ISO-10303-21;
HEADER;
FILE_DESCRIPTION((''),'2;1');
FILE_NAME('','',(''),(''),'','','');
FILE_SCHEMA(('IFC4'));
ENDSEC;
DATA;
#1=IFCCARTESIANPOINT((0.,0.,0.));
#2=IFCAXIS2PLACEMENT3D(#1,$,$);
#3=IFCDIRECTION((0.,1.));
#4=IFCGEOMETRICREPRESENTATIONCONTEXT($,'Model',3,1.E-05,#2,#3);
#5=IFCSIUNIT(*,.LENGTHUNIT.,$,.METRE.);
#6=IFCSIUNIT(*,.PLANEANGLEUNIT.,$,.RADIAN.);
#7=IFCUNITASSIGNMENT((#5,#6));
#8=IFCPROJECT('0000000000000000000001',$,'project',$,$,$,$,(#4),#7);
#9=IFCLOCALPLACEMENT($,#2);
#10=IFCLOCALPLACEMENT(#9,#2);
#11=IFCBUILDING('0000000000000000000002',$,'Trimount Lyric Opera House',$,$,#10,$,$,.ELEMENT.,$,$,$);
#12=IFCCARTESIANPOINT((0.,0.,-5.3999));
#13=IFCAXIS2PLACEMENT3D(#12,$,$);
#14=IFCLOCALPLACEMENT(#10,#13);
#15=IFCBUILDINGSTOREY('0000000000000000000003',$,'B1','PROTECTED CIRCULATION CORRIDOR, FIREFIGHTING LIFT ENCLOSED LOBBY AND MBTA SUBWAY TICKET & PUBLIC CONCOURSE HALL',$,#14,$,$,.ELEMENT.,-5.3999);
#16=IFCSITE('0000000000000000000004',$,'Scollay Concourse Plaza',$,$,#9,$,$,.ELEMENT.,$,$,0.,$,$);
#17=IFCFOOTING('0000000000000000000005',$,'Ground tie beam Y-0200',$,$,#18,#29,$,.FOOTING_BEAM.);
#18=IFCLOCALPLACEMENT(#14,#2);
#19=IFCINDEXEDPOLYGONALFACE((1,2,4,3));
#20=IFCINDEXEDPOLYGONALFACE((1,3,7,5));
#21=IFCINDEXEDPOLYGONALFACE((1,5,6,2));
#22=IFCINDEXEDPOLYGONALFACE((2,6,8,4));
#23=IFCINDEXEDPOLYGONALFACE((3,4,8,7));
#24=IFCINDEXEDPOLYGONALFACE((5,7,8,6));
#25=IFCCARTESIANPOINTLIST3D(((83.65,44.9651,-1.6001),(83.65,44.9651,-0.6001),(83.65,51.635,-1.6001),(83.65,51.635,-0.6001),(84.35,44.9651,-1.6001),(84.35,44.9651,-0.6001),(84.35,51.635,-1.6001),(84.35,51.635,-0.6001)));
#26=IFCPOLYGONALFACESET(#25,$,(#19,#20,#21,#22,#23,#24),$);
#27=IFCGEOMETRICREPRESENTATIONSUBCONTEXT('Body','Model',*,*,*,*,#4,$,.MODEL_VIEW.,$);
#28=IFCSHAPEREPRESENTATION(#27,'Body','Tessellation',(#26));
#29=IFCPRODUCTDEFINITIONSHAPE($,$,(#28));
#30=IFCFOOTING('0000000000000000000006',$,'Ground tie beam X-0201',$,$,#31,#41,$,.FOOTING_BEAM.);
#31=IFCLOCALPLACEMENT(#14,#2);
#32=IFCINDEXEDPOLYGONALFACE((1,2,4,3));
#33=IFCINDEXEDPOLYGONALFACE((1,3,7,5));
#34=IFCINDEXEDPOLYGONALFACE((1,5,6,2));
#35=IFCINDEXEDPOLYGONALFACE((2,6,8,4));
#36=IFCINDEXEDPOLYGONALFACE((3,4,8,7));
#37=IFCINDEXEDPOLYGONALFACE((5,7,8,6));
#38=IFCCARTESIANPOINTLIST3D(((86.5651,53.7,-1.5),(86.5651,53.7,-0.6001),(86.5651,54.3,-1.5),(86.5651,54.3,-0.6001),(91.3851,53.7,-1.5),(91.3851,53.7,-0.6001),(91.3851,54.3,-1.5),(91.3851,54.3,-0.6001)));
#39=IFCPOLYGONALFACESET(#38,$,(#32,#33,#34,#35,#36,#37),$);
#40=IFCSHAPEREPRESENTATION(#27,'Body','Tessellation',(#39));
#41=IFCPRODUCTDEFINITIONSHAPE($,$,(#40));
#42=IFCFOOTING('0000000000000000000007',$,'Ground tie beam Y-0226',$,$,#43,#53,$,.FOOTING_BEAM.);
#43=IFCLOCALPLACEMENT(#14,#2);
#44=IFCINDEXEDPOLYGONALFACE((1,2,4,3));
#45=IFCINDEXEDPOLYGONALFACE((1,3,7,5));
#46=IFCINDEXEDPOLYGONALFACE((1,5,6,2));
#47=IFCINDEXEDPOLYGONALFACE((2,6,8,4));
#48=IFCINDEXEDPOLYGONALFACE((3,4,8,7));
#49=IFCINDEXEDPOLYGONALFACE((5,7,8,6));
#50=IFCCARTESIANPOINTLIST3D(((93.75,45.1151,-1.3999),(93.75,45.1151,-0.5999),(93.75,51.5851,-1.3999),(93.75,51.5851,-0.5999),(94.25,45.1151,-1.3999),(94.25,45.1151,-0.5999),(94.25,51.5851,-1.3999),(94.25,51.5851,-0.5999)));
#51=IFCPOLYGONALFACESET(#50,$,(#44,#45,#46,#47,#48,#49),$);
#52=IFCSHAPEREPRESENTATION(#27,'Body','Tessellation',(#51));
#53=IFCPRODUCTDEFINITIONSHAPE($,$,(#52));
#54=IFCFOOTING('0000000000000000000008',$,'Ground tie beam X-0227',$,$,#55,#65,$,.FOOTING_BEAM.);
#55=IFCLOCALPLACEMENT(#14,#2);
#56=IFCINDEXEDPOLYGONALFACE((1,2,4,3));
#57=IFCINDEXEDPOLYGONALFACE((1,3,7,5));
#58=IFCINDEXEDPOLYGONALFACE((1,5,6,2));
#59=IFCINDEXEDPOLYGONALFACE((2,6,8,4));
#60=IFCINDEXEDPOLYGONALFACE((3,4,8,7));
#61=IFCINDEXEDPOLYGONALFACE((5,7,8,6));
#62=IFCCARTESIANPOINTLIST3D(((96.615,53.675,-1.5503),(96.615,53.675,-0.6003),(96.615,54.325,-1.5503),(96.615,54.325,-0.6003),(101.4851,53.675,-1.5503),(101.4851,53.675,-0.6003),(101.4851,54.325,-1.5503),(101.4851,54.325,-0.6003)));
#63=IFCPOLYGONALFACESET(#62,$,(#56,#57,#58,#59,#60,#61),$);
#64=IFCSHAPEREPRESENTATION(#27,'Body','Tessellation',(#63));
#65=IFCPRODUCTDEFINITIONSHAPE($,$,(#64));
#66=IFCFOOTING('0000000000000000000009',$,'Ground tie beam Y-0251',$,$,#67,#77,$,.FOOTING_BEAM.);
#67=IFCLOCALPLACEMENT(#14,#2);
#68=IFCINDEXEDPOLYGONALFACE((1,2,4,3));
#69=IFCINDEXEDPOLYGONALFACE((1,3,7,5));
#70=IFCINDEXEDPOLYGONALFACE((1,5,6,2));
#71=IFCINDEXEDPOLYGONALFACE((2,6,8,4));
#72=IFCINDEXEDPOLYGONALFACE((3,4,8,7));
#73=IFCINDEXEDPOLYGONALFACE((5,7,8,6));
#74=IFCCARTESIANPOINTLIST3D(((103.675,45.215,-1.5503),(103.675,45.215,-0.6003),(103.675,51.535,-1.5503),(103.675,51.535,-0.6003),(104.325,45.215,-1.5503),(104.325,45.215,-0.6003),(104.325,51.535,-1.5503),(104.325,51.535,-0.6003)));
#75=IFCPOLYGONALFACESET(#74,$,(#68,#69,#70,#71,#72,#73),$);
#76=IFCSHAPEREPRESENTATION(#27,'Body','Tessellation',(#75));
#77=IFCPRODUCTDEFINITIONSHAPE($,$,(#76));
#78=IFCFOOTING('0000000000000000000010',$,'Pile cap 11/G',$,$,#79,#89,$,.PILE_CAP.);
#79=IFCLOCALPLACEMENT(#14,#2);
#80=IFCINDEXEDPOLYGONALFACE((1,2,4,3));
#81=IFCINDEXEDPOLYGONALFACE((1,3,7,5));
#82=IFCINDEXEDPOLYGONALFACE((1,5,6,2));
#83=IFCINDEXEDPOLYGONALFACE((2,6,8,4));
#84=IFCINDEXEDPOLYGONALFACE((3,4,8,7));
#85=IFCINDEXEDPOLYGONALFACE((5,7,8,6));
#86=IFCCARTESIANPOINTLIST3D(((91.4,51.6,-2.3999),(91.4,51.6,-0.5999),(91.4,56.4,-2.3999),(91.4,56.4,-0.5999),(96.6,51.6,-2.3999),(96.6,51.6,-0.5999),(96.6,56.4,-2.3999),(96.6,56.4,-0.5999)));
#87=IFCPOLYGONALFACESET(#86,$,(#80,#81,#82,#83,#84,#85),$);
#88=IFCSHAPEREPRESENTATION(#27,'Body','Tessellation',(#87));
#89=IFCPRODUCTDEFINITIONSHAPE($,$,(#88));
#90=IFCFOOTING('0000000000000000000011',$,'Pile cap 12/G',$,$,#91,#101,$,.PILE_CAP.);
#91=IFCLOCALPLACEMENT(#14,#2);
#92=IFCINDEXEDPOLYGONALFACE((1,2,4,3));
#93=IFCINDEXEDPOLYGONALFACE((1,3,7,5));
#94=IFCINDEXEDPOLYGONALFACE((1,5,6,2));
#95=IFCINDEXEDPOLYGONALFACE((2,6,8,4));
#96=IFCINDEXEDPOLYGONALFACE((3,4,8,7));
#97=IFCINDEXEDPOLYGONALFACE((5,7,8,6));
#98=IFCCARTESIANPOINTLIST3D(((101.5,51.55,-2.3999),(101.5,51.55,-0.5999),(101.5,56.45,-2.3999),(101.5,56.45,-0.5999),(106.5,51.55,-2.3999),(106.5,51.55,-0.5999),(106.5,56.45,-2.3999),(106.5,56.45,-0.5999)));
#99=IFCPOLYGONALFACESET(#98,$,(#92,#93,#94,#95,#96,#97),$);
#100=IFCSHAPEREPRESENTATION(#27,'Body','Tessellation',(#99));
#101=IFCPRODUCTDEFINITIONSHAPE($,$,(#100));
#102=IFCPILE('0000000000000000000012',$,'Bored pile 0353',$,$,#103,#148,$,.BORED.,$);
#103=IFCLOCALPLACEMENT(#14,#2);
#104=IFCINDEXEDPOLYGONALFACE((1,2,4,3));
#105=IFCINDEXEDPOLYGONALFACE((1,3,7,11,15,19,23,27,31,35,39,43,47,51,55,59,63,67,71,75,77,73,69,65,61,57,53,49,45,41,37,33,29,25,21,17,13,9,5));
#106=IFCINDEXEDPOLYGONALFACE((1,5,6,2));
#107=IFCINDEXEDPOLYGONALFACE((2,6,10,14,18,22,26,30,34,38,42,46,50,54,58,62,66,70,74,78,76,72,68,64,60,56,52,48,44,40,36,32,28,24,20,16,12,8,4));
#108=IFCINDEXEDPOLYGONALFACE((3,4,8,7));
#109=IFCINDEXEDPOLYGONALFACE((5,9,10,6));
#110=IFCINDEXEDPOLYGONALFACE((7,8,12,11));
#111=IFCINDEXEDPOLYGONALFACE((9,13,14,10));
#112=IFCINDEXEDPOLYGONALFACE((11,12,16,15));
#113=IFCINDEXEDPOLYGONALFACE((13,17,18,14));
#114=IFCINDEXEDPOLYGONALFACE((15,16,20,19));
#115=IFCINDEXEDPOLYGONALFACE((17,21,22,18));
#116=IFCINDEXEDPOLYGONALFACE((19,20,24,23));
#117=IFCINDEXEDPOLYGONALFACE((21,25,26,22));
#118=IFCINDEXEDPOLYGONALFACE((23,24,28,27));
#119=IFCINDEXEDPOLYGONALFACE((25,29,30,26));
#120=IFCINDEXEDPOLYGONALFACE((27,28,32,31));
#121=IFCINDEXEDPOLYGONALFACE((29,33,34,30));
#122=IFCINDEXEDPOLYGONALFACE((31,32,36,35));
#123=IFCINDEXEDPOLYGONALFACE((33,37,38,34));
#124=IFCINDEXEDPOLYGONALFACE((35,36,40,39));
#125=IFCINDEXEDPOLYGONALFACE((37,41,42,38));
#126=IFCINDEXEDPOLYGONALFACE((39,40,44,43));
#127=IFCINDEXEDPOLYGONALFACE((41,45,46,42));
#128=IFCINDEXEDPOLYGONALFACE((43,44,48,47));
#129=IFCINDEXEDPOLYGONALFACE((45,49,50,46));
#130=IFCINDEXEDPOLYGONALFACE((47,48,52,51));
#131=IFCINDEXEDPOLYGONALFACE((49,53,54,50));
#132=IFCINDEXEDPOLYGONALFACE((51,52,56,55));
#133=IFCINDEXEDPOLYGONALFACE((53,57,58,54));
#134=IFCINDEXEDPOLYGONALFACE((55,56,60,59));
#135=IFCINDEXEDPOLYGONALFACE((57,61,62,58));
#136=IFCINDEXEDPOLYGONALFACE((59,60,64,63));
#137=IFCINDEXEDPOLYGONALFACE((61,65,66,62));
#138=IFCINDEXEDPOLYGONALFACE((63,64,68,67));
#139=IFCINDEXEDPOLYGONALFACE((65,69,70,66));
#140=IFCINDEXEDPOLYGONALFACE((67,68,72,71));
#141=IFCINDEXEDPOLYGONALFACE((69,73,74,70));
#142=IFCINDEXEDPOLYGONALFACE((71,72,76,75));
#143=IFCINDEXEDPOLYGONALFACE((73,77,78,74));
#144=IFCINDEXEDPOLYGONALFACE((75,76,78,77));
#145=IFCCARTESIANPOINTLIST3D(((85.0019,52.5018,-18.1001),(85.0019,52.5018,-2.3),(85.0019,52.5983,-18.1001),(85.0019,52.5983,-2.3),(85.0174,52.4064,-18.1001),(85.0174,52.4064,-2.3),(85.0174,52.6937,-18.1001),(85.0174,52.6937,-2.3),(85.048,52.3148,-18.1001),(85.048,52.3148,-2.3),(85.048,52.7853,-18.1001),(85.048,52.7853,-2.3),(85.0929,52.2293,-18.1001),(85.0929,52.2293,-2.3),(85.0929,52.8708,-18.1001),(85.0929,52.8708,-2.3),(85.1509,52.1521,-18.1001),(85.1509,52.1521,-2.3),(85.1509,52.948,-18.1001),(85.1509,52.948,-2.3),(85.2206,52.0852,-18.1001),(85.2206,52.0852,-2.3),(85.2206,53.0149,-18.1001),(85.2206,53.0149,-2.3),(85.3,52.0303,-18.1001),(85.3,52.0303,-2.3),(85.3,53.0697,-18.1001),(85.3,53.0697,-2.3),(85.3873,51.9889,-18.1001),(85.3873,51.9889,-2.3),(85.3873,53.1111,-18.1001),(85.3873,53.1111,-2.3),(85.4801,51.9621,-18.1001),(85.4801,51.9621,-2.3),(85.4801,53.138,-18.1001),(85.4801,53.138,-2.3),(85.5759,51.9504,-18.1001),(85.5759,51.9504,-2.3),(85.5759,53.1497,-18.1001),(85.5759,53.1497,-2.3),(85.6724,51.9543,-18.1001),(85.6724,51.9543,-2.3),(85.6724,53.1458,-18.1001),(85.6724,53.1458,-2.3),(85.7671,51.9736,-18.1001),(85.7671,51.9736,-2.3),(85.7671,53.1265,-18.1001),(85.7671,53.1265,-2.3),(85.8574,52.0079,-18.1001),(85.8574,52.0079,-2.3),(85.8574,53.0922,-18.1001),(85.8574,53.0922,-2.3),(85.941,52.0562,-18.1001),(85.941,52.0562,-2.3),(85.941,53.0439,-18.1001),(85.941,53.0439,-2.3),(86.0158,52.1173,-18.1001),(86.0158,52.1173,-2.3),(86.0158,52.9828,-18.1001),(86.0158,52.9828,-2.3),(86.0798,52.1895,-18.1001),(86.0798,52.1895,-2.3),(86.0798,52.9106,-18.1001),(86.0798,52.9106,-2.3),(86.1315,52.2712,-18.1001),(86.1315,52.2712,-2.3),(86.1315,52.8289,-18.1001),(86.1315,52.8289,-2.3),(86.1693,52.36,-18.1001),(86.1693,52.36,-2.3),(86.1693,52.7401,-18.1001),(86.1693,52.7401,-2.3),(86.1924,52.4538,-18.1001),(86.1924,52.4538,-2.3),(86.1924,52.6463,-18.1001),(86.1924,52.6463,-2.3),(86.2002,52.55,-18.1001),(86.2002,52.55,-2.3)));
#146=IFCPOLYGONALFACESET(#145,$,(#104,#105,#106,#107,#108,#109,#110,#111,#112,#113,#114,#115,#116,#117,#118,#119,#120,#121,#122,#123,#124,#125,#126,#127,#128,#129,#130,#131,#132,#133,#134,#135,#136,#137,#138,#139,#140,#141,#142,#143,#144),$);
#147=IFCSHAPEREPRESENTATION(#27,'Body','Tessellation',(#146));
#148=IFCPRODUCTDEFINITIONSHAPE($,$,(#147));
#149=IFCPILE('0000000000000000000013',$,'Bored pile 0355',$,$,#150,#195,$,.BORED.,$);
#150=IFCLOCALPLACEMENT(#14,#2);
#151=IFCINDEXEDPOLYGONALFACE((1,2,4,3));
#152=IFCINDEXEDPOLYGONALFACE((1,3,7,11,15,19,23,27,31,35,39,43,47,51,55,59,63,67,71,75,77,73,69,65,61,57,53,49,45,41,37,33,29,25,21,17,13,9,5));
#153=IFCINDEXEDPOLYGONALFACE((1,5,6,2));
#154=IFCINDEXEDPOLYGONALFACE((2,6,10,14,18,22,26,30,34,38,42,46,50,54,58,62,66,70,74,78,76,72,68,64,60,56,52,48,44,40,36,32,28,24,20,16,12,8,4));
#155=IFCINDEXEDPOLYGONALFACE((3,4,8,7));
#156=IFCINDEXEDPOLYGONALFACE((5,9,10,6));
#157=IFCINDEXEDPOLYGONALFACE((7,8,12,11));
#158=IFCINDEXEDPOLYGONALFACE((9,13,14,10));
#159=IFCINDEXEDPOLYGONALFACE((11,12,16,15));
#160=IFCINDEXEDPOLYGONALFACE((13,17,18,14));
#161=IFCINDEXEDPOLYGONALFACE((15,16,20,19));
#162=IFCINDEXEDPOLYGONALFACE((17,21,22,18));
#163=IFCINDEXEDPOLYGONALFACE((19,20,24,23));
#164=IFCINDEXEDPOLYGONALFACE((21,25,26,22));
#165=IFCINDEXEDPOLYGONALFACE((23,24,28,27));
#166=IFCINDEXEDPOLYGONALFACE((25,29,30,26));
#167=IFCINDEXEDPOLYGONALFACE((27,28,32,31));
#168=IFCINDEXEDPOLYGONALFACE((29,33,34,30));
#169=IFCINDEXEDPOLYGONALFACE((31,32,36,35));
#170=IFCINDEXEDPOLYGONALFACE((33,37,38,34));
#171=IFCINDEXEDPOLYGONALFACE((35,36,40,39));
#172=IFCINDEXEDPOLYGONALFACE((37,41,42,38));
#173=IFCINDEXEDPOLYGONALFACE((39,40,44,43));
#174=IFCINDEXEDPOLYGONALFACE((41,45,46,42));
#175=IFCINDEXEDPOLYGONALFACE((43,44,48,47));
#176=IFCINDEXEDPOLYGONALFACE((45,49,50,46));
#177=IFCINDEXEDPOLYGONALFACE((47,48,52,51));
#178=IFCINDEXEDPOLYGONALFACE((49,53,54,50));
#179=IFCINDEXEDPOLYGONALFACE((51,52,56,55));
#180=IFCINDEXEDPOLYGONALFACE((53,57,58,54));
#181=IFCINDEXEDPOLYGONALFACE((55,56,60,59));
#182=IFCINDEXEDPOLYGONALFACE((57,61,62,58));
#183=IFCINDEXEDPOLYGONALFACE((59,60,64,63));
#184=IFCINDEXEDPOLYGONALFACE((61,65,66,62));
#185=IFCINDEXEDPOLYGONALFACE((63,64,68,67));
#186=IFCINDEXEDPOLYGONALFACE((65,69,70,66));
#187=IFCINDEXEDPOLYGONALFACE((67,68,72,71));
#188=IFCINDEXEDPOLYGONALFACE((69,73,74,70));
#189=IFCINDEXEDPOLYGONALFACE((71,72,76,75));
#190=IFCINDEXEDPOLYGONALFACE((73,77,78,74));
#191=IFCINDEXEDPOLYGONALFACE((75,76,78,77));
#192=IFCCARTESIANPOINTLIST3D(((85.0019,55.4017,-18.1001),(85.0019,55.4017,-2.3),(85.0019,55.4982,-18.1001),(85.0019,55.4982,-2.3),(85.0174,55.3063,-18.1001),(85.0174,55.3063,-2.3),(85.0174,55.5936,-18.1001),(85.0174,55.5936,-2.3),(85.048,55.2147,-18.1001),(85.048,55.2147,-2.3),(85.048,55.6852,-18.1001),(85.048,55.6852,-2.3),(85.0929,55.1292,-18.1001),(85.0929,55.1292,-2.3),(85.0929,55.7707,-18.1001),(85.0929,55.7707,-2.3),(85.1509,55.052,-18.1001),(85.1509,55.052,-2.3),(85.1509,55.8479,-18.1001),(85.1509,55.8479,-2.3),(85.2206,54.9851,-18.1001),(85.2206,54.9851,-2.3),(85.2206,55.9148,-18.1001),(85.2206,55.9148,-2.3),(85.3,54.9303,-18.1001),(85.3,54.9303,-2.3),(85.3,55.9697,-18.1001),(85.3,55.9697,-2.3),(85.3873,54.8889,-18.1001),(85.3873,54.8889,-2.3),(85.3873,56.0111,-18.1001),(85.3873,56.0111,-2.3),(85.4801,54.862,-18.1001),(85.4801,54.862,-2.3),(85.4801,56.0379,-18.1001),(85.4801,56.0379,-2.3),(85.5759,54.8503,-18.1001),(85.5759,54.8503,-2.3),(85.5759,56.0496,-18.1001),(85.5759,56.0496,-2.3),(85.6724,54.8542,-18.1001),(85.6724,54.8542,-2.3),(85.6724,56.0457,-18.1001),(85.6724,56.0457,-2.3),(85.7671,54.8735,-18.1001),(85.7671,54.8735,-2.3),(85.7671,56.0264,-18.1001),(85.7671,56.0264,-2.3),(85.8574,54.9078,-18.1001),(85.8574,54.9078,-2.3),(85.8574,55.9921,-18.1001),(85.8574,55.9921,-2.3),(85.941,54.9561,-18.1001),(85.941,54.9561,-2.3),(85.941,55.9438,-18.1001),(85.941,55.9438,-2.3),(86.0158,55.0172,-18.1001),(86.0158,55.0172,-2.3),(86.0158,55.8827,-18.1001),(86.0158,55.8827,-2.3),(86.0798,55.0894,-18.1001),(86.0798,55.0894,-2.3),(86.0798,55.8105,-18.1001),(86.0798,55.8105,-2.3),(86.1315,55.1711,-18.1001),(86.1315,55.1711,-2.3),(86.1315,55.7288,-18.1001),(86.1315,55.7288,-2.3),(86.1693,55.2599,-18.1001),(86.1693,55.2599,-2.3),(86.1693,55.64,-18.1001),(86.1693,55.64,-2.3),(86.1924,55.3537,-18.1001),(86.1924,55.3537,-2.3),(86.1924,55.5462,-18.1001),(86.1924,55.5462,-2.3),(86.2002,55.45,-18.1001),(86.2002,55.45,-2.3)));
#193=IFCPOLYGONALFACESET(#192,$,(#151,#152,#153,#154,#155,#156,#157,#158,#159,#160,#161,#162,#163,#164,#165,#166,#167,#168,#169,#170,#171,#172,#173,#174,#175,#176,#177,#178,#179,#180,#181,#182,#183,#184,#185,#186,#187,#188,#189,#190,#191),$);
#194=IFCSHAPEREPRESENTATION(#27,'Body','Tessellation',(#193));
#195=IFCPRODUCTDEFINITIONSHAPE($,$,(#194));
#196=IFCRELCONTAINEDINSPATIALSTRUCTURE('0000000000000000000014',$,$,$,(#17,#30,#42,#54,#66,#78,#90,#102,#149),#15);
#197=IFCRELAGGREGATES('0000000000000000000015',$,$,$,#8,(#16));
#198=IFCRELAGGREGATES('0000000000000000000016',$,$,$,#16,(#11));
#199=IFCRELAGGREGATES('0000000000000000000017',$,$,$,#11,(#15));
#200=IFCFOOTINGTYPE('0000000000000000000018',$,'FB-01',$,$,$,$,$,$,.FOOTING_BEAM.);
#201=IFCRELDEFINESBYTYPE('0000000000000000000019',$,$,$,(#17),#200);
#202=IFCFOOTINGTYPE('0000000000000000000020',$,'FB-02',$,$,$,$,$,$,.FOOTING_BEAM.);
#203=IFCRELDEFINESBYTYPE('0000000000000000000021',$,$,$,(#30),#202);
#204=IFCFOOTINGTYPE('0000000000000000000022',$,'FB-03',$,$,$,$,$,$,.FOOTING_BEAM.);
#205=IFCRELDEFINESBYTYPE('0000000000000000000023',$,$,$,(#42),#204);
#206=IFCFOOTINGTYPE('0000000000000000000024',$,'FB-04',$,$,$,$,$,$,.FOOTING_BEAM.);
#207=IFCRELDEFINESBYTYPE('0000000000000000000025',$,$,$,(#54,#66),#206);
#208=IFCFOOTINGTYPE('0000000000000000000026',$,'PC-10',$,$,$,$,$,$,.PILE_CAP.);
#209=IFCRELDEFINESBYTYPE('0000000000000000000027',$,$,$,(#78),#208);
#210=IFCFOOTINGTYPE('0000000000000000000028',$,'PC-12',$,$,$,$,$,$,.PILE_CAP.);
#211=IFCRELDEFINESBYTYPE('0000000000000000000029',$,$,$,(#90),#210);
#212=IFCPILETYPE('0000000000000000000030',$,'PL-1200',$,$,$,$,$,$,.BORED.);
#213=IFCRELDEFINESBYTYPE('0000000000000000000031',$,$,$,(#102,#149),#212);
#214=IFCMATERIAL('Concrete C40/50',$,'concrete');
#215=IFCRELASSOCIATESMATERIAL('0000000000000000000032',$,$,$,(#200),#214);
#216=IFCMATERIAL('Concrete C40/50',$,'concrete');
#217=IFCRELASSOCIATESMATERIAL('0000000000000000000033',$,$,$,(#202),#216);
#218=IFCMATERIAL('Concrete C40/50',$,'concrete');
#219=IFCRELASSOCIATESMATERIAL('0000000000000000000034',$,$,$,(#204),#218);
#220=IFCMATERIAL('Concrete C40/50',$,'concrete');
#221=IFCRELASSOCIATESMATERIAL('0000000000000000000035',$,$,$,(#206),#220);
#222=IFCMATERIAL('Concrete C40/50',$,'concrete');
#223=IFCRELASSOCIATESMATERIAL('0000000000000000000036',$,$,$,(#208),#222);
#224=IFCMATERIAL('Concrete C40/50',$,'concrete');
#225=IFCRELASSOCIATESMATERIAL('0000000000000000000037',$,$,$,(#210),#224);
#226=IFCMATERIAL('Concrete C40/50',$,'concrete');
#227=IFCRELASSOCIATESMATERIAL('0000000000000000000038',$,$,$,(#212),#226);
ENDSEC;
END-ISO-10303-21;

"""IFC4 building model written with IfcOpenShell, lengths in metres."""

from ifc_helpers import new_model, si_unit, direction, frame, origin, origin_2d, place, context, subcontext, project, spatial, rectangle, circle, extrude, material, material_profile, profile_set, type_object, element, save


model = new_model("IFC4")

# Units and contexts
model_context = context("Model", 3, precision=1e-05, world=origin(), true_north=direction((0.0, 1.0)))
body_context = subcontext(model_context, "Body", "Model", "MODEL_VIEW")
ifc_project = project(units=[si_unit("LENGTHUNIT", "METRE"), si_unit("PLANEANGLEUNIT", "RADIAN")], contexts=[model_context])

# Site, building, storey
site_placement = place(None, origin())
site = spatial("IfcSite", under=ifc_project, at=site_placement, Name="Scollay Concourse Plaza", CompositionType="ELEMENT", RefElevation=0.0)
building_placement = place(site_placement, origin())
building = spatial("IfcBuilding", under=site, at=building_placement, Name="Trimount Lyric Opera House", CompositionType="ELEMENT")
storey_placement = place(building_placement, frame((0.0, 0.0, -5.3999)))
storey = spatial("IfcBuildingStorey", under=building, at=storey_placement, Name="B1", Description="PROTECTED CIRCULATION CORRIDOR, FIREFIGHTING LIFT ENCLOSED LOBBY AND MBTA SUBWAY TICKET & PUBLIC CONCOURSE HALL", CompositionType="ELEMENT", Elevation=-5.3999)

# Footings
ifc_material_1 = material(Name="Concrete C40/50", Category="concrete")
footing_type_1 = type_object("IfcFootingType", Name="FB-01", PredefinedType="FOOTING_BEAM", material=ifc_material_1)
footing_1_placement = place(storey_placement, frame((84.0, 48.3, -1.6001), z_axis=(0.0, 0.0, 1.0), x_axis=(1.0, 0.0, 0.0)))
element("IfcFooting", 1, at=footing_1_placement, inside=storey, type_object=footing_type_1, Name="Ground tie beam Y-0200", PredefinedType="FOOTING_BEAM", context=body_context, shape_type="SweptSolid", body=[
    extrude(rectangle(XDim=0.7, YDim=6.6699, at=origin_2d()), origin(), (0.0, 0.0, 1.0), 1.0),
])
ifc_material_2 = material(Name="Concrete C40/50", Category="concrete")
footing_type_2 = type_object("IfcFootingType", Name="FB-02", PredefinedType="FOOTING_BEAM", material=ifc_material_2)
footing_2_placement = place(storey_placement, frame((88.9751, 54.0, -1.5), z_axis=(0.0, 0.0, 1.0), x_axis=(1.0, 0.0, 0.0)))
element("IfcFooting", 2, at=footing_2_placement, inside=storey, type_object=footing_type_2, Name="Ground tie beam X-0201", PredefinedType="FOOTING_BEAM", context=body_context, shape_type="SweptSolid", body=[
    extrude(rectangle(XDim=4.8201, YDim=0.6001, at=origin_2d()), origin(), (0.0, 0.0, 1.0), 0.8999),
])
ifc_material_3 = material(Name="Concrete C40/50", Category="concrete")
footing_type_3 = type_object("IfcFootingType", Name="FB-03", PredefinedType="FOOTING_BEAM", material=ifc_material_3)
footing_3_placement = place(storey_placement, frame((94.0, 48.3501, -1.3999), z_axis=(0.0, 0.0, 1.0), x_axis=(1.0, 0.0, 0.0)))
element("IfcFooting", 3, at=footing_3_placement, inside=storey, type_object=footing_type_3, Name="Ground tie beam Y-0226", PredefinedType="FOOTING_BEAM", context=body_context, shape_type="SweptSolid", body=[
    extrude(rectangle(XDim=0.5, YDim=6.47, at=origin_2d()), origin(), (0.0, 0.0, 1.0), 0.8),
])
ifc_material_4 = material(Name="Concrete C40/50", Category="concrete")
footing_type_4 = type_object("IfcFootingType", Name="FB-04", PredefinedType="FOOTING_BEAM", material=ifc_material_4)
footing_4_placement = place(storey_placement, frame((99.05, 54.0, -1.5503), z_axis=(0.0, 0.0, 1.0), x_axis=(1.0, 0.0, 0.0)))
element("IfcFooting", 4, at=footing_4_placement, inside=storey, type_object=footing_type_4, Name="Ground tie beam X-0227", PredefinedType="FOOTING_BEAM", context=body_context, shape_type="SweptSolid", body=[
    extrude(rectangle(XDim=4.8701, YDim=0.6499, at=origin_2d()), origin(), (0.0, 0.0, 1.0), 0.95),
])
footing_5_placement = place(storey_placement, frame((104.0, 48.375, -1.5503), z_axis=(0.0, 0.0, 1.0), x_axis=(1.0, 0.0, 0.0)))
element("IfcFooting", 5, at=footing_5_placement, inside=storey, type_object=footing_type_4, Name="Ground tie beam Y-0251", PredefinedType="FOOTING_BEAM", context=body_context, shape_type="SweptSolid", body=[
    extrude(rectangle(XDim=0.6499, YDim=6.3201, at=origin_2d()), origin(), (0.0, 0.0, 1.0), 0.95),
])
ifc_material_5 = material(Name="Concrete C40/50", Category="concrete")
footing_type_5 = type_object("IfcFootingType", Name="PC-10", PredefinedType="PILE_CAP", material=ifc_material_5)
footing_6_placement = place(storey_placement, frame((94.0, 54.0, -2.3999), z_axis=(0.0, 0.0, 1.0), x_axis=(1.0, 0.0, 0.0)))
element("IfcFooting", 6, at=footing_6_placement, inside=storey, type_object=footing_type_5, Name="Pile cap 11/G", PredefinedType="PILE_CAP", context=body_context, shape_type="SweptSolid", body=[
    extrude(rectangle(XDim=5.2, YDim=4.8, at=origin_2d()), origin(), (0.0, 0.0, 1.0), 1.8),
])
ifc_material_6 = material(Name="Concrete C40/50", Category="concrete")
footing_type_6 = type_object("IfcFootingType", Name="PC-12", PredefinedType="PILE_CAP", material=ifc_material_6)
footing_7_placement = place(storey_placement, frame((104.0, 54.0, -2.3999), z_axis=(0.0, 0.0, 1.0), x_axis=(1.0, 0.0, 0.0)))
element("IfcFooting", 7, at=footing_7_placement, inside=storey, type_object=footing_type_6, Name="Pile cap 12/G", PredefinedType="PILE_CAP", context=body_context, shape_type="SweptSolid", body=[
    extrude(rectangle(XDim=5.0, YDim=4.8999, at=origin_2d()), origin(), (0.0, 0.0, 1.0), 1.8),
])

# Piles
ifc_material_7 = material(Name="Concrete C40/50", Category="concrete")
ifc_material_profile_1 = material_profile(ifc_material_7, circle(Radius=0.6001, at=origin_2d()), Name="PILE-D1200")
ifc_profile_set_1 = profile_set([ifc_material_profile_1], Name="Concrete C40/50")
pile_type = type_object("IfcPileType", Name="PL-1200", PredefinedType="BORED", material=ifc_profile_set_1)
for number, where, z_axis, x_axis, name in (
    (8, (85.6001, 52.55, -2.3), (0.0, 0.0, -1.0), (1.0, 0.0, 0.0), "Bored pile 0353"),
    (9, (85.6001, 55.45, -2.3), (0.0, 0.0, -1.0), (1.0, 0.0, 0.0), "Bored pile 0355"),
):
    element("IfcPile", number, at=place(storey_placement, frame(where, z_axis=z_axis, x_axis=x_axis)), inside=storey, type_object=pile_type, Name=name, PredefinedType="BORED", context=body_context, shape_type="SweptSolid", body=[
        extrude(circle(Radius=0.6001, at=origin_2d()), origin(), (0.0, 0.0, 1.0), 15.8),
    ])

save(model, "model.ifc")
